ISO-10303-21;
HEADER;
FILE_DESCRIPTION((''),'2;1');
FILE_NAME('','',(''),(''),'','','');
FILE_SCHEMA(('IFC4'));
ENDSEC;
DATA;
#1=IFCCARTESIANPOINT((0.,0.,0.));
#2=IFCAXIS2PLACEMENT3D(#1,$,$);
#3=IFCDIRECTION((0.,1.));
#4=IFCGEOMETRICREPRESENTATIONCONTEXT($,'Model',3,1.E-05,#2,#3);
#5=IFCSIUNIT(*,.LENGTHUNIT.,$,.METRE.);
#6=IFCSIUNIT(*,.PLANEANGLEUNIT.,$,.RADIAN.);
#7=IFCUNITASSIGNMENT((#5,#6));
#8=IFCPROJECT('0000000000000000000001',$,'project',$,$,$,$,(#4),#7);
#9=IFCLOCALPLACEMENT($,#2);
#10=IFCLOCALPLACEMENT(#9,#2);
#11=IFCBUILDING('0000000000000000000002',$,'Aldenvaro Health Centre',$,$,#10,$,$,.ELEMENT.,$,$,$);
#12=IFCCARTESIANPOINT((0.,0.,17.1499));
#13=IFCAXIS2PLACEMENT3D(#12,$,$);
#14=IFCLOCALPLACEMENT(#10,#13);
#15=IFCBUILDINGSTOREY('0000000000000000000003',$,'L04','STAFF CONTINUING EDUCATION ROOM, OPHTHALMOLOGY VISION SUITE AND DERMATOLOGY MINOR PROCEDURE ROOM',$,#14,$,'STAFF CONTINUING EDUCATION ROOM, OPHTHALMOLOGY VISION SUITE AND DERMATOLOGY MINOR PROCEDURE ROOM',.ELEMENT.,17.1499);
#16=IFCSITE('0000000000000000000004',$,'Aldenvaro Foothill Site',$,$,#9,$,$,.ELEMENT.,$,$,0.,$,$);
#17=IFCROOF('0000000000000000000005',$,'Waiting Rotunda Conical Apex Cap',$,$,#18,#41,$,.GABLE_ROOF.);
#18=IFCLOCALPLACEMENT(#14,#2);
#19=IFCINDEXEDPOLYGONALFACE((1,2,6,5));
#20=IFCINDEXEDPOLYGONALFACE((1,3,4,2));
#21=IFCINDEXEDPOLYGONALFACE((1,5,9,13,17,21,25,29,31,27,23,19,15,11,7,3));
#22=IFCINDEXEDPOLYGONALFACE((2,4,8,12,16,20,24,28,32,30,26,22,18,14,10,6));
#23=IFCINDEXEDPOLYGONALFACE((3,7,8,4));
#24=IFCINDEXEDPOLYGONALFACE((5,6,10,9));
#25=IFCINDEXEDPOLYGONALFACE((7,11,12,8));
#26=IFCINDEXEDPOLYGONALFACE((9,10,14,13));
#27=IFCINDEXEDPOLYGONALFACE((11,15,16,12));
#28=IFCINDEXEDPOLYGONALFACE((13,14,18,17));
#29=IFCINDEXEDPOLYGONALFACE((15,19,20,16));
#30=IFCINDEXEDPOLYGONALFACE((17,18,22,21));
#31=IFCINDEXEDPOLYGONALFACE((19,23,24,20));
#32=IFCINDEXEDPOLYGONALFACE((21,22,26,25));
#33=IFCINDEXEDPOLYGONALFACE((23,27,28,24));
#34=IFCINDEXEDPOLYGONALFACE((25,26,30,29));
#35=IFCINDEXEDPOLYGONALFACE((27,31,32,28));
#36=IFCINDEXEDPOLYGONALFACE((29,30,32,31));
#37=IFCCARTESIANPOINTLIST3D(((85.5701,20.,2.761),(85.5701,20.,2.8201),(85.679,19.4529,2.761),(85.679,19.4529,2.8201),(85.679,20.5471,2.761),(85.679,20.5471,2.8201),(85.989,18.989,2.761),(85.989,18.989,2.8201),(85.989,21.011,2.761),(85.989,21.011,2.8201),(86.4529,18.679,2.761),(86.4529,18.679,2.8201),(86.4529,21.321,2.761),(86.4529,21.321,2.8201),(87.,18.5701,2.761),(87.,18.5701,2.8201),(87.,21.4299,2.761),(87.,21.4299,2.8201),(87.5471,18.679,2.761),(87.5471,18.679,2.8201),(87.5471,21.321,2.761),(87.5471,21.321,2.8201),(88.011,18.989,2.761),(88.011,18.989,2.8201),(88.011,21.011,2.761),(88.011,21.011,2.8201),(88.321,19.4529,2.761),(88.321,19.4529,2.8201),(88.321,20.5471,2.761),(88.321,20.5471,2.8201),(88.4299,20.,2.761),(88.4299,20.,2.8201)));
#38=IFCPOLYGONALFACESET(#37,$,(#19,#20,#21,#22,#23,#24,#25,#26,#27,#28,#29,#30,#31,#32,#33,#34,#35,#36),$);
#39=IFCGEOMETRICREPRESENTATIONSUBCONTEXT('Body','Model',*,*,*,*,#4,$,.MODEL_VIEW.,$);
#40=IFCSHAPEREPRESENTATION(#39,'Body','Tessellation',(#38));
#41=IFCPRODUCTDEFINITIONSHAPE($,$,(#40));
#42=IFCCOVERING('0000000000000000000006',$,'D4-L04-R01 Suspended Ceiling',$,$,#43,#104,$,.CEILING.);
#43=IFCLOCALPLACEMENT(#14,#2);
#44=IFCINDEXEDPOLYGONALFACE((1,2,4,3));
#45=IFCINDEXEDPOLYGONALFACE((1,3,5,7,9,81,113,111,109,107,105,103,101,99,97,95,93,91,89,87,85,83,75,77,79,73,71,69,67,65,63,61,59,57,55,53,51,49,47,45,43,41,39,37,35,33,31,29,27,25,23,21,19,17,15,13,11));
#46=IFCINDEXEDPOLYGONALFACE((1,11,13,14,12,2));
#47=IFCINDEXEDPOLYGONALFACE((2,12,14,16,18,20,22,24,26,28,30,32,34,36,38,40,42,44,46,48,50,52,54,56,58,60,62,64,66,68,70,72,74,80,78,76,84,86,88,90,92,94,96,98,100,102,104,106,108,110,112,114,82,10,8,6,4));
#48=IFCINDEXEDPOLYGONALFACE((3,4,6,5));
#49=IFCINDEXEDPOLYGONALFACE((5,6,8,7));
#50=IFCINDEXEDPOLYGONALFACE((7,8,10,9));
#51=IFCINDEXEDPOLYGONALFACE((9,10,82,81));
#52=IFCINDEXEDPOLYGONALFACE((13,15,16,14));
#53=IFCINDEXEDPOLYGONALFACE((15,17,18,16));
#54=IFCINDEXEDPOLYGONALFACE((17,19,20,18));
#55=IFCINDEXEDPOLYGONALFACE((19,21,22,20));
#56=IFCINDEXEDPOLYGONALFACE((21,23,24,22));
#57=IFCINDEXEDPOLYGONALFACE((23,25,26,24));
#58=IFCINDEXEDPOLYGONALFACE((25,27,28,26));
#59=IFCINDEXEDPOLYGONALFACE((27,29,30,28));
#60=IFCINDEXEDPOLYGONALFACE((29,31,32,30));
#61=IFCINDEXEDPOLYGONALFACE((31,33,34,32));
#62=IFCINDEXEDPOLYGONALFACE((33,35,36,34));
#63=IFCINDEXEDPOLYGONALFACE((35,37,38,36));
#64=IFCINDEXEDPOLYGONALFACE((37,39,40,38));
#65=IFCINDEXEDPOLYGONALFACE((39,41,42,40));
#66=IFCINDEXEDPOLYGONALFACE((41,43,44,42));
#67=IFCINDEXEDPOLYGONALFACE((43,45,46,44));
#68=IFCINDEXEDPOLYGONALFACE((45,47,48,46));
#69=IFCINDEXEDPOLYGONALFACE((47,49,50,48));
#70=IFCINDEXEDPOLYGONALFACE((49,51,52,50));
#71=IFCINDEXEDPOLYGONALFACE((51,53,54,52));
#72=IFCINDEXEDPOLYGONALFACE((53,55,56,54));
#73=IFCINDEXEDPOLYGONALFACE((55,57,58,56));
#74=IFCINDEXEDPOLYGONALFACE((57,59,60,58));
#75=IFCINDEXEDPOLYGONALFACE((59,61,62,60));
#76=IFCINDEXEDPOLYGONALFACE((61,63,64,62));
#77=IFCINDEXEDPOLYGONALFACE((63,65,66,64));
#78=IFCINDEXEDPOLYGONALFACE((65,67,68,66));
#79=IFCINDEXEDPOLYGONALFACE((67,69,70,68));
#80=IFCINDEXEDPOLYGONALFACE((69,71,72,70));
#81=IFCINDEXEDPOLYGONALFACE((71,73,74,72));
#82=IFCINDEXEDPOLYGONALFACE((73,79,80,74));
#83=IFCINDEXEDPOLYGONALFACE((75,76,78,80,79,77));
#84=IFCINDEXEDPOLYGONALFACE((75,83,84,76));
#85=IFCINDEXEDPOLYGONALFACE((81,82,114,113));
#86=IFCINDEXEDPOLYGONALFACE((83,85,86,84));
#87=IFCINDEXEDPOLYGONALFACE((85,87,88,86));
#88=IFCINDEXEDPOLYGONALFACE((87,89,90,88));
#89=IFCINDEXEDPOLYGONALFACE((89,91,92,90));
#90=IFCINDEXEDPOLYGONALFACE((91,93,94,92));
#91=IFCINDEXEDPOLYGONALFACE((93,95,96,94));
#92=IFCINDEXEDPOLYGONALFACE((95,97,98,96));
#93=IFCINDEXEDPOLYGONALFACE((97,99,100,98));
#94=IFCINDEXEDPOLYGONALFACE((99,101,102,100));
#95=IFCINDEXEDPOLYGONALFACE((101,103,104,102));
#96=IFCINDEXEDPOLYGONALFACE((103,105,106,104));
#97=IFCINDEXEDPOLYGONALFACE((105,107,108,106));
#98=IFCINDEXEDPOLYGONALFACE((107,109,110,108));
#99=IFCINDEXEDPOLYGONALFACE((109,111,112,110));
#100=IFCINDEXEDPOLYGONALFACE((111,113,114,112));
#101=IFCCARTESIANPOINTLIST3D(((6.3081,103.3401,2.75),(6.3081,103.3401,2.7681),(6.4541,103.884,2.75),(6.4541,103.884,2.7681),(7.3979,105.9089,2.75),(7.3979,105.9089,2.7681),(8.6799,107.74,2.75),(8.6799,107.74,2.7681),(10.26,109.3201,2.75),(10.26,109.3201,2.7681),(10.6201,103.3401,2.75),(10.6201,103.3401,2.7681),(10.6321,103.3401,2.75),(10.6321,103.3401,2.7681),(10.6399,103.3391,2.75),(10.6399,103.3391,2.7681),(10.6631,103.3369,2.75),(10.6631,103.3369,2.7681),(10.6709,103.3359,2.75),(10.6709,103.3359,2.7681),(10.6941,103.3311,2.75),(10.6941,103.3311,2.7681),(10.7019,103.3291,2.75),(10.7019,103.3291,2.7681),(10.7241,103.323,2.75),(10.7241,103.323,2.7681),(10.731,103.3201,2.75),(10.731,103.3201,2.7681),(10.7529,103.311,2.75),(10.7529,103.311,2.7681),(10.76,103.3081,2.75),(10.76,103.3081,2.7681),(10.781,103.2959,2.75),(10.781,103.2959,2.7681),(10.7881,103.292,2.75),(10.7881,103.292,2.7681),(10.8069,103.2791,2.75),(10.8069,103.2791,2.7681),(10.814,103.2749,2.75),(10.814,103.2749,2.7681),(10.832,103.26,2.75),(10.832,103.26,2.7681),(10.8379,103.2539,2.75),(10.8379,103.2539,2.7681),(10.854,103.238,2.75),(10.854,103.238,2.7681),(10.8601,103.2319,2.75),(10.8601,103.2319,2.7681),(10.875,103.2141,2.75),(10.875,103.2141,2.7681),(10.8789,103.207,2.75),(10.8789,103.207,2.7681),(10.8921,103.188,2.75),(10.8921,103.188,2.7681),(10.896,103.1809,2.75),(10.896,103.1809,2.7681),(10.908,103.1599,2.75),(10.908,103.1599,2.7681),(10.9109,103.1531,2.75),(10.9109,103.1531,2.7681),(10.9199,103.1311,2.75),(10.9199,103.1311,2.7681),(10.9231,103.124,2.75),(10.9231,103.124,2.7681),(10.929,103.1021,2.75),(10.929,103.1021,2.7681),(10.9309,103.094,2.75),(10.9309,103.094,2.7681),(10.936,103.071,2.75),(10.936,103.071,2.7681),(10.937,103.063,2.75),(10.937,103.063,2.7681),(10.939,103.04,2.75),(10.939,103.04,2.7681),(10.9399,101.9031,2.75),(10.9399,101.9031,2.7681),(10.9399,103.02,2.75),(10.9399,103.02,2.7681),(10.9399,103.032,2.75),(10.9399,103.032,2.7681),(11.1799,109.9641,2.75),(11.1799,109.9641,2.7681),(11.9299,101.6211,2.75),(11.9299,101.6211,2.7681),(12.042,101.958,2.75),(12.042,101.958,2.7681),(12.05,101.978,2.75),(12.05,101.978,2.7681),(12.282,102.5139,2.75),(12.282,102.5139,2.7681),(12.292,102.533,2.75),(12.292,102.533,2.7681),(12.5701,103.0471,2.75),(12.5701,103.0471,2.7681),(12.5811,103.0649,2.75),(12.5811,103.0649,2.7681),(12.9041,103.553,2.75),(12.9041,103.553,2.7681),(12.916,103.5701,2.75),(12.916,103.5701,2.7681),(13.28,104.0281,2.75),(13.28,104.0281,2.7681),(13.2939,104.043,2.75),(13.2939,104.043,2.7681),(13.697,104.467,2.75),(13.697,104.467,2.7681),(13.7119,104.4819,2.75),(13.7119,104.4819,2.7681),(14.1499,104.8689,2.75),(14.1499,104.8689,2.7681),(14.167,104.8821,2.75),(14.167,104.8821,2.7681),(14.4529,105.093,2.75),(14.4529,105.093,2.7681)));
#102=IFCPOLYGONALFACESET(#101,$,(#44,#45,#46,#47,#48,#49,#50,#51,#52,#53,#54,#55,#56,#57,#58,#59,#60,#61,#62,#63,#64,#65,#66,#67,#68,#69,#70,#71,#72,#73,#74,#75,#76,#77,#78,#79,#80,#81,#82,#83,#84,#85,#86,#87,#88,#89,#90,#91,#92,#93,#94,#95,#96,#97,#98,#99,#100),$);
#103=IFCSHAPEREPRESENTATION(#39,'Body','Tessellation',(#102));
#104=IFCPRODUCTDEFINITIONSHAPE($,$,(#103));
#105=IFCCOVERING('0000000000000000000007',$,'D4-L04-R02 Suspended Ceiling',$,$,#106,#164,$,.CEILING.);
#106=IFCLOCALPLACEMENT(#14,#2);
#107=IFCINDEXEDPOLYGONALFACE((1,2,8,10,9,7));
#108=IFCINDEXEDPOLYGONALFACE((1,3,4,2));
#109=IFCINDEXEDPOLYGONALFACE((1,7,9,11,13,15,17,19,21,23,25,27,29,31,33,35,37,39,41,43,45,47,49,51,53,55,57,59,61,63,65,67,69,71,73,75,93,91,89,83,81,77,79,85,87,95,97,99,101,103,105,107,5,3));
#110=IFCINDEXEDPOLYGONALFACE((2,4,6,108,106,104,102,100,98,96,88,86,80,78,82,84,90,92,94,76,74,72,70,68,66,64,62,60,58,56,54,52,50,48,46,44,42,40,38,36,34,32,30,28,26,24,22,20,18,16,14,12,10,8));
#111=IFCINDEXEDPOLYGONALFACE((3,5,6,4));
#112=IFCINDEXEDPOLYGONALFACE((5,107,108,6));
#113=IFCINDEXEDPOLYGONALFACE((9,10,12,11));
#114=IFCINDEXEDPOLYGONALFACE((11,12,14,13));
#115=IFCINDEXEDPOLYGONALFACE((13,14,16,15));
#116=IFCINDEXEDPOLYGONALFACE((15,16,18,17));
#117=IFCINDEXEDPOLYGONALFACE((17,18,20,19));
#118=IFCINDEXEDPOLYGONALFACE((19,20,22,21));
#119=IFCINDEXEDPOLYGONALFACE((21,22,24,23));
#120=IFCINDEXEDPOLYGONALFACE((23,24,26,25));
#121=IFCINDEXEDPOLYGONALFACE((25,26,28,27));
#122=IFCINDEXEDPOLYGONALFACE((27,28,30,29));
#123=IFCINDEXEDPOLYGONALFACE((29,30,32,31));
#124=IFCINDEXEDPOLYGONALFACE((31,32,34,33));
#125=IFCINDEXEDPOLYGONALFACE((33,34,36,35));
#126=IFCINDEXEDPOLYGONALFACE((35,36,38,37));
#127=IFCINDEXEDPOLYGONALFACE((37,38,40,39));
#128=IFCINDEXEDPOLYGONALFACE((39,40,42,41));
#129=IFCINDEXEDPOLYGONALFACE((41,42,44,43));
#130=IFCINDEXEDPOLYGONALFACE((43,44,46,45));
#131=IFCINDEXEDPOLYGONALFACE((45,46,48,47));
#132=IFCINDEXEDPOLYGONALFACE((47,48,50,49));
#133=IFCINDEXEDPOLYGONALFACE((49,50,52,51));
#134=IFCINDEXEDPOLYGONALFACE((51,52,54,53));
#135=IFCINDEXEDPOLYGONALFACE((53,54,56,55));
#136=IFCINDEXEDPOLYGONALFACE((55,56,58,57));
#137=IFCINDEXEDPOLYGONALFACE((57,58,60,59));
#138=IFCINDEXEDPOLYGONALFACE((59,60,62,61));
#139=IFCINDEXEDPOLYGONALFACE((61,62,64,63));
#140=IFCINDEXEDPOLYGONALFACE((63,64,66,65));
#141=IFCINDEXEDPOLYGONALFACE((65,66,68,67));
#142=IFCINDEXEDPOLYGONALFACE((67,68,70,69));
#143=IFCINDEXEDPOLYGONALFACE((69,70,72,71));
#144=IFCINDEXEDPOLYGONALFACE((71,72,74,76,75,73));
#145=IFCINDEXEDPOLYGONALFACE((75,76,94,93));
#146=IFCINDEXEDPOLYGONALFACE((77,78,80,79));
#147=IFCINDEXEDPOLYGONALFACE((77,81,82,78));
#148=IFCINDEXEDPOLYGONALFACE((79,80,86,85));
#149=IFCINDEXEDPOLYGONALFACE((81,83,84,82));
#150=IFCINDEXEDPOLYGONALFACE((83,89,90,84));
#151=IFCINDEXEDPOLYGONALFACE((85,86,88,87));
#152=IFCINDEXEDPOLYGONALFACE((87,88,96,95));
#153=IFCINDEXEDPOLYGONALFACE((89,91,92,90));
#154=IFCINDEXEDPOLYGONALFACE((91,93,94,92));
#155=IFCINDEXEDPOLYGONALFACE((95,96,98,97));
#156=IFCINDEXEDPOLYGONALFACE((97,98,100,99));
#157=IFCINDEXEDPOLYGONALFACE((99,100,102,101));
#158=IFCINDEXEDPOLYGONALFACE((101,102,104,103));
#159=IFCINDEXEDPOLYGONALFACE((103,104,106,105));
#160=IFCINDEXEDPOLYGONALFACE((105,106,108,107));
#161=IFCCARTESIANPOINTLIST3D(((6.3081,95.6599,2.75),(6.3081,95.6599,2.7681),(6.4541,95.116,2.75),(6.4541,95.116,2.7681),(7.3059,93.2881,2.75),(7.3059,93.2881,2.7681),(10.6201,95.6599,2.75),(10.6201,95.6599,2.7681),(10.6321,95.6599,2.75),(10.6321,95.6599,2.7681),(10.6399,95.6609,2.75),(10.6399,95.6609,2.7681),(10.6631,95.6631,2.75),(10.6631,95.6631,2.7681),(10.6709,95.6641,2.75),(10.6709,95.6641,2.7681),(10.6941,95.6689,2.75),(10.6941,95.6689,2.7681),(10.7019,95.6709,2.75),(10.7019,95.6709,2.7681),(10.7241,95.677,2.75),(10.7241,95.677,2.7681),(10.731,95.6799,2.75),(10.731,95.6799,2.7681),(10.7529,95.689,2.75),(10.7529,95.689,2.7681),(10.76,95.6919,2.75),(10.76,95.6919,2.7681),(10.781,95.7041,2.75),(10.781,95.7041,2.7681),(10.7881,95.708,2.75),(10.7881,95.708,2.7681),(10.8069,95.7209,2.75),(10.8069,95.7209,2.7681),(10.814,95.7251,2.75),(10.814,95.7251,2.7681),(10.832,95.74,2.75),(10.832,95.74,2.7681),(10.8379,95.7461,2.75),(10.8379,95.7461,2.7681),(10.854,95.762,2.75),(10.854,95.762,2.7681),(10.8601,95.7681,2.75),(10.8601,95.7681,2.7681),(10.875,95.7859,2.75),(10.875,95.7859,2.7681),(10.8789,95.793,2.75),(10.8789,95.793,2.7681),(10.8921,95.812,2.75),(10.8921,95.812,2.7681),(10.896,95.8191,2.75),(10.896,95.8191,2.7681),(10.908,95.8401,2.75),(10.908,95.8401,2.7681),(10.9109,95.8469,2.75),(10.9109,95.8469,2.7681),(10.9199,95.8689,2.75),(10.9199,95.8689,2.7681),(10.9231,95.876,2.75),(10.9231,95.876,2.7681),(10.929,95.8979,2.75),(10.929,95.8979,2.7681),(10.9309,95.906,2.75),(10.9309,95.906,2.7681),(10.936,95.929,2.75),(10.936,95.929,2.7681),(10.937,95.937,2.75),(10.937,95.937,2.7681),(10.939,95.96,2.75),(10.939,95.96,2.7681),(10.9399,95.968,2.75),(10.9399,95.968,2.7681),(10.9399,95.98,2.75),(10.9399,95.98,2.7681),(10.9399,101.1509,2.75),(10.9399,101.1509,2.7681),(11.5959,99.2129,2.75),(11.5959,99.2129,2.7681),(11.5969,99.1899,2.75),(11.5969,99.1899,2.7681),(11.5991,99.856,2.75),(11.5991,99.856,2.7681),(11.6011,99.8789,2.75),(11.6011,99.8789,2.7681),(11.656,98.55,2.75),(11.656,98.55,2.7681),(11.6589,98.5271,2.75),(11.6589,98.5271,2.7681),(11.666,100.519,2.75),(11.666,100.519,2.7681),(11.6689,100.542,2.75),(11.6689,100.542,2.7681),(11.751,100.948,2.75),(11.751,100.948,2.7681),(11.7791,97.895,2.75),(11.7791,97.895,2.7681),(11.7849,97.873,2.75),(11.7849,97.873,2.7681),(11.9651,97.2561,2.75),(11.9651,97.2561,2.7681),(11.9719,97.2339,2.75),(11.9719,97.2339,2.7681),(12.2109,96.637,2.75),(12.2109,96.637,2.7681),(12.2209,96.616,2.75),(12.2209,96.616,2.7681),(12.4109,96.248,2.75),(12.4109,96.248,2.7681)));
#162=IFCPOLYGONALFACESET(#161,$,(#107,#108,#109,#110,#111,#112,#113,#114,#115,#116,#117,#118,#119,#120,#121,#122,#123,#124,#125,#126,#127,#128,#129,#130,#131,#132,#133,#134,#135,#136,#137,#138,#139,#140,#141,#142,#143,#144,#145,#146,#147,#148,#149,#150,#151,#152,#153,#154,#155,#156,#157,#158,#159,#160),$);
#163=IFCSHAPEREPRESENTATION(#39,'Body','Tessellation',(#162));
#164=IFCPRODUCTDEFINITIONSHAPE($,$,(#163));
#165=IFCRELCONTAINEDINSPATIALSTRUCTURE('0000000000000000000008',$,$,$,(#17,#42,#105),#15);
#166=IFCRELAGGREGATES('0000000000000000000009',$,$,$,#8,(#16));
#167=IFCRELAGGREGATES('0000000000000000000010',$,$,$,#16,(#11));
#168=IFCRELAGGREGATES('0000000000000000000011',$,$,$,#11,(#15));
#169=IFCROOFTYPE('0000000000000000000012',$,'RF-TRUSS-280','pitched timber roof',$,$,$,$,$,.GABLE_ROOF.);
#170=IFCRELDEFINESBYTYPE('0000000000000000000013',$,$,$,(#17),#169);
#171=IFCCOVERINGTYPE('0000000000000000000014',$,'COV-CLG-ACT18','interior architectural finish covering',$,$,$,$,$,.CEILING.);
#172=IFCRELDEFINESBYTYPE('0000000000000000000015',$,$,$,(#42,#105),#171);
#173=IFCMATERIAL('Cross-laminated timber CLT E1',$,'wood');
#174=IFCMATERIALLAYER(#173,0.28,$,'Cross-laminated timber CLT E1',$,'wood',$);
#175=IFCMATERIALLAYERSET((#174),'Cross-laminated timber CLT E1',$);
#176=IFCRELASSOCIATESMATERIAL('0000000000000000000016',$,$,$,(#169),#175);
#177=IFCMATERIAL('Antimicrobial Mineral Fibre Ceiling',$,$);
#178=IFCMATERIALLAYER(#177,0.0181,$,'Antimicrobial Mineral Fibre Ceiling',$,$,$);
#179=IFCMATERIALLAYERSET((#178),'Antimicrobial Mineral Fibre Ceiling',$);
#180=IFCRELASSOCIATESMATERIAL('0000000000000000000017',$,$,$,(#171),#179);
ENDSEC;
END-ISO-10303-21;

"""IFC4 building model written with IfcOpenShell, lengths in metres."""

from ifc_helpers import new_model, si_unit, direction, frame, origin, place, context, subcontext, project, spatial, polyline, outline, extrude, material, layer, layer_set, type_object, element, save


model = new_model("IFC4")

# Units and contexts
model_context = context("Model", 3, precision=1e-05, world=origin(), true_north=direction((0.0, 1.0)))
body_context = subcontext(model_context, "Body", "Model", "MODEL_VIEW")
ifc_project = project(units=[si_unit("LENGTHUNIT", "METRE"), si_unit("PLANEANGLEUNIT", "RADIAN")], contexts=[model_context])

# Site, building, storey
site_placement = place(None, origin())
site = spatial("IfcSite", under=ifc_project, at=site_placement, Name="Aldenvaro Foothill Site", CompositionType="ELEMENT", RefElevation=0.0)
building_placement = place(site_placement, origin())
building = spatial("IfcBuilding", under=site, at=building_placement, Name="Aldenvaro Health Centre", CompositionType="ELEMENT")
storey_placement = place(building_placement, frame((0.0, 0.0, 17.1499)))
storey = spatial("IfcBuildingStorey", under=building, at=storey_placement, Name="L04", Description="STAFF CONTINUING EDUCATION ROOM, OPHTHALMOLOGY VISION SUITE AND DERMATOLOGY MINOR PROCEDURE ROOM", LongName="STAFF CONTINUING EDUCATION ROOM, OPHTHALMOLOGY VISION SUITE AND DERMATOLOGY MINOR PROCEDURE ROOM", CompositionType="ELEMENT", Elevation=17.1499)

# Shared definitions
ifc_material_1 = material(Name="Cross-laminated timber CLT E1", Category="wood")

# Roof
ifc_layer_1 = layer(ifc_material_1, 0.28, Name="Cross-laminated timber CLT E1", Category="wood")
ifc_layer_set_1 = layer_set([ifc_layer_1], Name="Cross-laminated timber CLT E1")
roof_type = type_object("IfcRoofType", Name="RF-TRUSS-280", Description="pitched timber roof", PredefinedType="GABLE_ROOF", material=ifc_layer_set_1)
roof_placement = place(storey_placement, frame((0.0, 0.0, 2.761)))
element("IfcRoof", 1, at=roof_placement, inside=storey, type_object=roof_type, Name="Waiting Rotunda Conical Apex Cap", PredefinedType="GABLE_ROOF", context=body_context, shape_type="SweptSolid", body=[
    extrude(outline(polyline([(88.4299, 20.0), (88.321, 20.5471), (88.011, 21.011), (87.5471, 21.321), (87.0, 21.4299), (86.4529, 21.321), (85.989, 21.011), (85.679, 20.5471), (85.5701, 20.0), (85.679, 19.4529), (85.989, 18.989), (86.4529, 18.679), (87.0, 18.5701), (87.5471, 18.679), (88.011, 18.989), (88.321, 19.4529), (88.4299, 20.0)])), origin(), (0.0, 0.0, 1.0), 0.0591),
])

# Coverings
ifc_material_2 = material(Name="Antimicrobial Mineral Fibre Ceiling")
ifc_layer_2 = layer(ifc_material_2, 0.0181, Name="Antimicrobial Mineral Fibre Ceiling")
ifc_layer_set_2 = layer_set([ifc_layer_2], Name="Antimicrobial Mineral Fibre Ceiling")
covering_type_1 = type_object("IfcCoveringType", Name="COV-CLG-ACT18", Description="interior architectural finish covering", PredefinedType="CEILING", material=ifc_layer_set_2)
covering_1_placement = place(storey_placement, frame((0.0, 0.0, 2.75)))
element("IfcCovering", 2, at=covering_1_placement, inside=storey, type_object=covering_type_1, Name="D4-L04-R01 Suspended Ceiling", PredefinedType="CEILING", context=body_context, shape_type="SweptSolid", body=[
    extrude(outline(polyline([(14.167, 104.8821), (14.1499, 104.8689), (13.7119, 104.4819), (13.697, 104.467), (13.2939, 104.043), (13.28, 104.0281), (12.916, 103.5701), (12.9041, 103.553), (12.5811, 103.0649), (12.5701, 103.0471), (12.292, 102.533), (12.282, 102.5139), (12.05, 101.978), (12.042, 101.958), (11.9299, 101.6211), (10.9399, 101.9031), (10.9399, 103.02), (10.9399, 103.032), (10.939, 103.04), (10.937, 103.063), (10.936, 103.071), (10.9309, 103.094), (10.929, 103.1021), (10.9231, 103.124), (10.9199, 103.1311), (10.9109, 103.1531), (10.908, 103.1599), (10.896, 103.1809), (10.8921, 103.188), (10.8789, 103.207), (10.875, 103.2141), (10.8601, 103.2319), (10.854, 103.238), (10.8379, 103.2539), (10.832, 103.26), (10.814, 103.2749), (10.8069, 103.2791), (10.7881, 103.292), (10.781, 103.2959), (10.76, 103.3081), (10.7529, 103.311), (10.731, 103.3201), (10.7241, 103.323), (10.7019, 103.3291), (10.6941, 103.3311), (10.6709, 103.3359), (10.6631, 103.3369), (10.6399, 103.3391), (10.6321, 103.3401), (10.6201, 103.3401), (6.3081, 103.3401), (6.4541, 103.884), (7.3979, 105.9089), (8.6799, 107.74), (10.26, 109.3201), (11.1799, 109.9641), (14.4529, 105.093), (14.167, 104.8821)])), origin(), (0.0, 0.0, 1.0), 0.0181),
])
covering_2_placement = place(storey_placement, frame((0.0, 0.0, 2.75)))
element("IfcCovering", 3, at=covering_2_placement, inside=storey, type_object=covering_type_1, Name="D4-L04-R02 Suspended Ceiling", PredefinedType="CEILING", context=body_context, shape_type="SweptSolid", body=[
    extrude(outline(polyline([(7.3059, 93.2881), (6.4541, 95.116), (6.3081, 95.6599), (10.6201, 95.6599), (10.6321, 95.6599), (10.6399, 95.6609), (10.6631, 95.6631), (10.6709, 95.6641), (10.6941, 95.6689), (10.7019, 95.6709), (10.7241, 95.677), (10.731, 95.6799), (10.7529, 95.689), (10.76, 95.6919), (10.781, 95.7041), (10.7881, 95.708), (10.8069, 95.7209), (10.814, 95.7251), (10.832, 95.74), (10.8379, 95.7461), (10.854, 95.762), (10.8601, 95.7681), (10.875, 95.7859), (10.8789, 95.793), (10.8921, 95.812), (10.896, 95.8191), (10.908, 95.8401), (10.9109, 95.8469), (10.9199, 95.8689), (10.9231, 95.876), (10.929, 95.8979), (10.9309, 95.906), (10.936, 95.929), (10.937, 95.937), (10.939, 95.96), (10.9399, 95.968), (10.9399, 95.98), (10.9399, 101.1509), (11.751, 100.948), (11.6689, 100.542), (11.666, 100.519), (11.6011, 99.8789), (11.5991, 99.856), (11.5959, 99.2129), (11.5969, 99.1899), (11.656, 98.55), (11.6589, 98.5271), (11.7791, 97.895), (11.7849, 97.873), (11.9651, 97.2561), (11.9719, 97.2339), (12.2109, 96.637), (12.2209, 96.616), (12.4109, 96.248), (7.3059, 93.2881)])), origin(), (0.0, 0.0, 1.0), 0.0181),
])

save(model, "model.ifc")
